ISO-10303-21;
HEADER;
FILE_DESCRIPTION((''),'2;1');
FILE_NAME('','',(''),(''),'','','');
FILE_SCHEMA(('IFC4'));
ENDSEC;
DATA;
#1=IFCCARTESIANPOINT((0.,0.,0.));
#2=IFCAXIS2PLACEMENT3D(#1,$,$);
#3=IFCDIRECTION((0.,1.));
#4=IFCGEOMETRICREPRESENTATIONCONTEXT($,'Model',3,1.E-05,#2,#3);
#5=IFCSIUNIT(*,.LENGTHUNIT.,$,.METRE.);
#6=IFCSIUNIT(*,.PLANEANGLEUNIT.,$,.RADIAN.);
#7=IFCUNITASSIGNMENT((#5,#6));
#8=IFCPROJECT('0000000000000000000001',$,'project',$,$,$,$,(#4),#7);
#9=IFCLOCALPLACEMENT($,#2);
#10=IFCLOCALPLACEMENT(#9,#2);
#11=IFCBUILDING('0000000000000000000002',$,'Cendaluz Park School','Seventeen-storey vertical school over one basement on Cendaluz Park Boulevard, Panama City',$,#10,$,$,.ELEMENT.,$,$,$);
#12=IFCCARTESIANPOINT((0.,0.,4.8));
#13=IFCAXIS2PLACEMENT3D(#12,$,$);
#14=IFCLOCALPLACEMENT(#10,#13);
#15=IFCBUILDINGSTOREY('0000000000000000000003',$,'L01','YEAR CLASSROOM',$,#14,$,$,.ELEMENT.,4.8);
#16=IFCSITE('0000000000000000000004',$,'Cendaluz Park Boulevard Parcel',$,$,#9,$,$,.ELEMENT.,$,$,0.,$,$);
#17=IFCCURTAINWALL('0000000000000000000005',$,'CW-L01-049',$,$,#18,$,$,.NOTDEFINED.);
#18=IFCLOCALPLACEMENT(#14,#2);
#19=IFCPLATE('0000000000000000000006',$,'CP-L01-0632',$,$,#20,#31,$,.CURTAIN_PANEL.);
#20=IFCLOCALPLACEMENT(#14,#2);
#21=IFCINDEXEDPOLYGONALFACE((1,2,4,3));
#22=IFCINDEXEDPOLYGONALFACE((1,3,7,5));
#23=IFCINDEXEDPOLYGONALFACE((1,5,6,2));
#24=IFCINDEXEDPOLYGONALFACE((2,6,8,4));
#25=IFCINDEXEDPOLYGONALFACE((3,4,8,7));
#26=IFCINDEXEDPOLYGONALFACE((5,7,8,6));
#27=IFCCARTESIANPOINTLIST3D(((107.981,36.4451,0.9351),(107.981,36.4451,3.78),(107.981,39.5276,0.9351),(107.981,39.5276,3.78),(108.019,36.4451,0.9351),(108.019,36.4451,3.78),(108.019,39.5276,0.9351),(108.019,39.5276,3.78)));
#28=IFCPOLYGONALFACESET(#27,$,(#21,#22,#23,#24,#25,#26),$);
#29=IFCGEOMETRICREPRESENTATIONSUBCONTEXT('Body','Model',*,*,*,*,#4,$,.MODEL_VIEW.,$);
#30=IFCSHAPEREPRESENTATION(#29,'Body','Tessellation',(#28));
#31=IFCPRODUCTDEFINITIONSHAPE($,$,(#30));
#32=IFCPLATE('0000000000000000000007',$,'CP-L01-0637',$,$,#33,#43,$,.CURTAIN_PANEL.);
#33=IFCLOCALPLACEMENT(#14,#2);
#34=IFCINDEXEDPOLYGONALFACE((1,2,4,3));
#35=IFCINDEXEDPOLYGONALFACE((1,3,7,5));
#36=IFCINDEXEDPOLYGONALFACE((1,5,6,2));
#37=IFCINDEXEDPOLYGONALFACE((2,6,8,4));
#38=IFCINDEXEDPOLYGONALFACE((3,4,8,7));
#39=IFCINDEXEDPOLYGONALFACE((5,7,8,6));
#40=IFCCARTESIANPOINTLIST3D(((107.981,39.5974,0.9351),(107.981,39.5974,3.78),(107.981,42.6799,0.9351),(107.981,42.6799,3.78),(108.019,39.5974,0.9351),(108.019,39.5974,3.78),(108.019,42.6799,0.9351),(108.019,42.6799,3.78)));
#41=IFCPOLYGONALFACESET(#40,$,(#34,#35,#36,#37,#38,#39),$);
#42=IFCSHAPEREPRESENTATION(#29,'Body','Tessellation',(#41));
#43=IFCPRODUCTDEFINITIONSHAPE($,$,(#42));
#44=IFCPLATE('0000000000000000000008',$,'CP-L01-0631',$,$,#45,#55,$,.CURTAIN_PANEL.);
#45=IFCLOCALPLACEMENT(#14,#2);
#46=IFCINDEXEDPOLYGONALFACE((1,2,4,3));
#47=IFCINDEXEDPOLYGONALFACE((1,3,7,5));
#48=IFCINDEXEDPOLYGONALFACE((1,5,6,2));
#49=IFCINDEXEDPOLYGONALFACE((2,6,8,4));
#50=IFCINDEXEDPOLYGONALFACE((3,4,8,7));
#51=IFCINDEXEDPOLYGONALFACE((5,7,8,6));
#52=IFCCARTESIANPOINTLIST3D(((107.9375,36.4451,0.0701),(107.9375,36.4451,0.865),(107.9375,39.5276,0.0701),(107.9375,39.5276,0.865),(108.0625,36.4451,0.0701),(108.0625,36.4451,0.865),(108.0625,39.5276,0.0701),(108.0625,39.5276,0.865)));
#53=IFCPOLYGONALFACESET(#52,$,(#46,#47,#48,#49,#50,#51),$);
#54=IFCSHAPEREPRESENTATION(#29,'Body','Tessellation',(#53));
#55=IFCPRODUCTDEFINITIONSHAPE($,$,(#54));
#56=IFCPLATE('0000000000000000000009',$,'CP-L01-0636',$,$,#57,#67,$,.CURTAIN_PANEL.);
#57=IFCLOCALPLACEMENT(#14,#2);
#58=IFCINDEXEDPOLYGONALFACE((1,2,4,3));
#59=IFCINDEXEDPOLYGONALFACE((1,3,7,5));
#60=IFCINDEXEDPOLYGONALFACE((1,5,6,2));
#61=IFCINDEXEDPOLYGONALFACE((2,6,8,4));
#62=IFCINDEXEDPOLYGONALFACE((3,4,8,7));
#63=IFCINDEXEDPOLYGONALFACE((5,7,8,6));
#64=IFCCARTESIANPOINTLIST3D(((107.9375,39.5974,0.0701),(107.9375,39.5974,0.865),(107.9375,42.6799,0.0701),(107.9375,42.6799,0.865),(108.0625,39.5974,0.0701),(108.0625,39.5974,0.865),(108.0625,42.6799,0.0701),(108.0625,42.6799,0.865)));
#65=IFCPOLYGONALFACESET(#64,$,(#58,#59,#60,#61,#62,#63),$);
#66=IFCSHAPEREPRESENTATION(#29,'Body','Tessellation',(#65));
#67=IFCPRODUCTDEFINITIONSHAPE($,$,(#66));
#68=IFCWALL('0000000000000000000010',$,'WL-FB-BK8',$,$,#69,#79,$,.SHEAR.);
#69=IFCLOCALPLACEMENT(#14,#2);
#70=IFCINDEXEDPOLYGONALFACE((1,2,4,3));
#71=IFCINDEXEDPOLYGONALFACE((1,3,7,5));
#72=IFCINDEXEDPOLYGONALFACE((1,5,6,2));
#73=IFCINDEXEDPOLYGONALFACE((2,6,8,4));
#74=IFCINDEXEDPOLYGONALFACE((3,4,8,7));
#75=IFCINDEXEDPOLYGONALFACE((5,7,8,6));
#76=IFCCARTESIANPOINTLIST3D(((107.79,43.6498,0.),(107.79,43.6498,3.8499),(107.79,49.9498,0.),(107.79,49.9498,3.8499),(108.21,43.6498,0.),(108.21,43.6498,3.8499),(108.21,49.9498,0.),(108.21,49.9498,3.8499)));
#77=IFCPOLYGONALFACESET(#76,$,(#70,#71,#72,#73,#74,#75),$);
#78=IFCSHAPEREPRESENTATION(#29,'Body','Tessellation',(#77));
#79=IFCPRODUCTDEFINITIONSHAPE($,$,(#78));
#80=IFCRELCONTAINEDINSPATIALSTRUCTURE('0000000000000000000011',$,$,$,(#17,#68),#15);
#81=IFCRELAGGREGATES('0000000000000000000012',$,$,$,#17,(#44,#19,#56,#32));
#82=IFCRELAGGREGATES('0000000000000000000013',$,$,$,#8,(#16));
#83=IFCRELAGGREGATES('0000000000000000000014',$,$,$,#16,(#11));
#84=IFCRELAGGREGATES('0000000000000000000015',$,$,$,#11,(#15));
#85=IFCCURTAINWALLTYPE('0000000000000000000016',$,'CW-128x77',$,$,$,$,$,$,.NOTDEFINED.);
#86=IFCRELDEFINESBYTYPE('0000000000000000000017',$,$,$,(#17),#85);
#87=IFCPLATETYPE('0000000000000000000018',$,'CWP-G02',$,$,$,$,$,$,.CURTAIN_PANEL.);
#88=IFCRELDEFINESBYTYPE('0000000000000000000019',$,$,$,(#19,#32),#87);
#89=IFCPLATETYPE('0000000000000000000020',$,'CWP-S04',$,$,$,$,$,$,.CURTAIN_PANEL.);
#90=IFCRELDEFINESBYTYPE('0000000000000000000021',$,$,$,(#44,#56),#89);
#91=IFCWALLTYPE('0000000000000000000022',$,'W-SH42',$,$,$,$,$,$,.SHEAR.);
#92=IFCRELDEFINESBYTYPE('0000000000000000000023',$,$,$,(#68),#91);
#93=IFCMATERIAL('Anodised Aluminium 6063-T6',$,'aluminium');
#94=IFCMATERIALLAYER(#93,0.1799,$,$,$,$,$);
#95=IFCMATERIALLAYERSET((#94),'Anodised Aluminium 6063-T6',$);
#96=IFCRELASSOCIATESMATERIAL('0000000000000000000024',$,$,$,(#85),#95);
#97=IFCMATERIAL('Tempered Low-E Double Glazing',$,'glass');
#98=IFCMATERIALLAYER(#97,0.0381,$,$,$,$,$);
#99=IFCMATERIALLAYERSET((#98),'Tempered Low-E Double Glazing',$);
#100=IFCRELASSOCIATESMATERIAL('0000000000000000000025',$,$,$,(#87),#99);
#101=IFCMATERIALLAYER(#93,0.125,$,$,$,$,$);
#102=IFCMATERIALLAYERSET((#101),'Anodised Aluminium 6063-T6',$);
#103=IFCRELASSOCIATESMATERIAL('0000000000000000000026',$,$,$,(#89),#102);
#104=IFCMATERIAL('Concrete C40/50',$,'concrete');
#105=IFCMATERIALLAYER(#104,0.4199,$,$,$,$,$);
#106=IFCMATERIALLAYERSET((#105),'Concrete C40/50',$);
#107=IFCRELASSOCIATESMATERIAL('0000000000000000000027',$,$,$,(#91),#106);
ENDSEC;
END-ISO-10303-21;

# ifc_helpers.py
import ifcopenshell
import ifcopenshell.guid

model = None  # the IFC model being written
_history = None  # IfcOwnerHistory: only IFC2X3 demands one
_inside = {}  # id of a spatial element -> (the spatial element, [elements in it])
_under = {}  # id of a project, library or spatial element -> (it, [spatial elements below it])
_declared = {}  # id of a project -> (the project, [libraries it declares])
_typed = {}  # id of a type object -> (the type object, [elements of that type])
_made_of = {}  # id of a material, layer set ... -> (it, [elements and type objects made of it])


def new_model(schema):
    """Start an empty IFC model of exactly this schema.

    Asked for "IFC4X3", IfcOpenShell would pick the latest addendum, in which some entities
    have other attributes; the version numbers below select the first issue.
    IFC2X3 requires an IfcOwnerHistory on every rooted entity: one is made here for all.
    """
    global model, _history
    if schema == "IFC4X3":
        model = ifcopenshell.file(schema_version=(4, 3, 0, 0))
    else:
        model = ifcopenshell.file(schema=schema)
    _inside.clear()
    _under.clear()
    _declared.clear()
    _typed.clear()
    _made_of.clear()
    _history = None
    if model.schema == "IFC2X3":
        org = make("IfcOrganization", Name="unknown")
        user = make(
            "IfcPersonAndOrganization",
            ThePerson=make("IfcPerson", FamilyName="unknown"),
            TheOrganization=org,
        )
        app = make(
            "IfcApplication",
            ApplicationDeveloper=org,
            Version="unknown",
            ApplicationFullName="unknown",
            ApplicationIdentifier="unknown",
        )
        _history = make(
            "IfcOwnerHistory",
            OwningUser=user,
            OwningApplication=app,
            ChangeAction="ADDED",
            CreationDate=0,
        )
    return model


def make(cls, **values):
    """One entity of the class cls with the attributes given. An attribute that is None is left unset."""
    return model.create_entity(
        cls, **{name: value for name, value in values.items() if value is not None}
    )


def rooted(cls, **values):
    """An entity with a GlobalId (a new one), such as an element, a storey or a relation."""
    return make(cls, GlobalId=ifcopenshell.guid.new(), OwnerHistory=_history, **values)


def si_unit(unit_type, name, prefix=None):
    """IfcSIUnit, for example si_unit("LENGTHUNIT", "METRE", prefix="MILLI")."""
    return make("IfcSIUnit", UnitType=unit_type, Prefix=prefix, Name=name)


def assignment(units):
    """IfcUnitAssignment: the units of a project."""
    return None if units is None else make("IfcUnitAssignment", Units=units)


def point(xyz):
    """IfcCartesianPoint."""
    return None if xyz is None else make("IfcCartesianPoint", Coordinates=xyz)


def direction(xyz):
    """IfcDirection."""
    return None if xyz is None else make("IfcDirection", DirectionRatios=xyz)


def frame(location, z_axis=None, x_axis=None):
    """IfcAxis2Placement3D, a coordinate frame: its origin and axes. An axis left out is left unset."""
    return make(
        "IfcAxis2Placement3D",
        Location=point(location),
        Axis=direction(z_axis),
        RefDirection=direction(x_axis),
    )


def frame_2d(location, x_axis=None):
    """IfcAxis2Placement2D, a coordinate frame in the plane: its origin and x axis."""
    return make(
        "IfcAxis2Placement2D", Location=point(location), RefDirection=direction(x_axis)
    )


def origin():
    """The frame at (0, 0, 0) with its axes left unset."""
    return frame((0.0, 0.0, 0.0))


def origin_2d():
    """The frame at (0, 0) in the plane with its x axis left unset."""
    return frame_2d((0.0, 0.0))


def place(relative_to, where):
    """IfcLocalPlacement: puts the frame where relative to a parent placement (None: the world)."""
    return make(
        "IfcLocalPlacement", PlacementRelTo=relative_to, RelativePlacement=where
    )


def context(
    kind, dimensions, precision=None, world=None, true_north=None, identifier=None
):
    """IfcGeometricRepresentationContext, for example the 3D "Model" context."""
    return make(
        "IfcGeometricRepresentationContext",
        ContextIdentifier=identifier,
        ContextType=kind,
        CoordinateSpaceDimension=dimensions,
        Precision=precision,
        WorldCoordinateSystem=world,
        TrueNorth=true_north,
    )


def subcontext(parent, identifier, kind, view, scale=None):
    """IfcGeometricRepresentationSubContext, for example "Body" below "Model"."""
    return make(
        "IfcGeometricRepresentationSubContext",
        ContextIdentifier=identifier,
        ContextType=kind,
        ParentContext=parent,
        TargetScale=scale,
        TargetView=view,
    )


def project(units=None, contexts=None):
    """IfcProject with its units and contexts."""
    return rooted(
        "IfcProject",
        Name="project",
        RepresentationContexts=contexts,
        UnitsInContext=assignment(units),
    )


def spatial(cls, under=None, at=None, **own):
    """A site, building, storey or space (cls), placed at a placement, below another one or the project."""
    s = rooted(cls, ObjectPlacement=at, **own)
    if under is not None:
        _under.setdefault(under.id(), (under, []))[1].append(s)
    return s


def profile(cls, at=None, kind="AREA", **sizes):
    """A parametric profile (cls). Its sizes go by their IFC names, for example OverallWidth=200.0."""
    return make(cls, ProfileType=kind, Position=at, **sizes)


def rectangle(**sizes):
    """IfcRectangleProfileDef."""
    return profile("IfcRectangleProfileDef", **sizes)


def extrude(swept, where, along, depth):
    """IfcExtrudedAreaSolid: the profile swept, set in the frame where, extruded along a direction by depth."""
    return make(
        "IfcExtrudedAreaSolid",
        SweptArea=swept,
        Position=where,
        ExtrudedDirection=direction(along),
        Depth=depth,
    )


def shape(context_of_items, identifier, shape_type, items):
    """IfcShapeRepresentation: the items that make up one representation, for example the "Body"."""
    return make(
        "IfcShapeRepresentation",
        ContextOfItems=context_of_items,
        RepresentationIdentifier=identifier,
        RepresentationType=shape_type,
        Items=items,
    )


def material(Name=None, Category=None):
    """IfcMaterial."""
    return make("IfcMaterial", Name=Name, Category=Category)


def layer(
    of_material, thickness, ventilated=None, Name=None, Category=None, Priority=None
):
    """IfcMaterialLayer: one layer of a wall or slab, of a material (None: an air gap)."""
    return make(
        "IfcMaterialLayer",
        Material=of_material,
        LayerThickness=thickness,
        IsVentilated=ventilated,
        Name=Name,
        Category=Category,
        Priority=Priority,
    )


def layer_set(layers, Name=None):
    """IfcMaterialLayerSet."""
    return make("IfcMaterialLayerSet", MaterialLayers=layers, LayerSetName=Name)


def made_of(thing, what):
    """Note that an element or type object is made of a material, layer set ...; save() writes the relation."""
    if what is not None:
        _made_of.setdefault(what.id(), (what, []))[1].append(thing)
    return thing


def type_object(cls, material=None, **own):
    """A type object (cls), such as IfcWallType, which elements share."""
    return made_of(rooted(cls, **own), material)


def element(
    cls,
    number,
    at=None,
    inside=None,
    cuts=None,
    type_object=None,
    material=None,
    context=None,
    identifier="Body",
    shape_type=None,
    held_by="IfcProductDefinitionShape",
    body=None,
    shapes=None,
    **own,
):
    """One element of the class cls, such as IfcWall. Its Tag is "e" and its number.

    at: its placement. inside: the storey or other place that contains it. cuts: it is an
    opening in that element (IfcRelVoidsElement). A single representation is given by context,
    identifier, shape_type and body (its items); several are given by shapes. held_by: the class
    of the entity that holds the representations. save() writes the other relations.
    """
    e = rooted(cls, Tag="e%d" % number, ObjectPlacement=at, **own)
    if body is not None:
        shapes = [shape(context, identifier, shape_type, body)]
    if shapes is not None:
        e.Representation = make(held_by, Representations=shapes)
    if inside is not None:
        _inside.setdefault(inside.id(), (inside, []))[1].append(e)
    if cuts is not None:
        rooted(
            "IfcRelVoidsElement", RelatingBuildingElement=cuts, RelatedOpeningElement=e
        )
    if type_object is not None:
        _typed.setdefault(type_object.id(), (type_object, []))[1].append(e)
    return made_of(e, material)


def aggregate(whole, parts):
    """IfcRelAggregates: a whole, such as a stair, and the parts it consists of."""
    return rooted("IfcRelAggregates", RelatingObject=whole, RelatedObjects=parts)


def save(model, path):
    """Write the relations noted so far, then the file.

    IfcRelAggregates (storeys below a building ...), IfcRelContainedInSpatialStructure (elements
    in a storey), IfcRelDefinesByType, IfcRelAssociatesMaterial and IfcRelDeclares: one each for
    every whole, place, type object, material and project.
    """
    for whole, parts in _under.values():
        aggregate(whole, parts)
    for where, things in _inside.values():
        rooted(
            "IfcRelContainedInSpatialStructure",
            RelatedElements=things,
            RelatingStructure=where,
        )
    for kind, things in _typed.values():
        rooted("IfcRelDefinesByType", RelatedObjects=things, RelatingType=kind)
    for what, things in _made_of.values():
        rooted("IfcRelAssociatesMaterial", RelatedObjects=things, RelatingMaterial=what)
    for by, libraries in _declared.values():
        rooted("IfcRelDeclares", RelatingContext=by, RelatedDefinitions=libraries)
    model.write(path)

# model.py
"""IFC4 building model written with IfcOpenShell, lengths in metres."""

from ifc_helpers import new_model, si_unit, direction, frame, frame_2d, origin, origin_2d, place, context, subcontext, project, spatial, rectangle, extrude, material, layer, layer_set, type_object, element, aggregate, save


model = new_model("IFC4")

# Units and contexts
model_context = context("Model", 3, precision=1e-05, world=origin(), true_north=direction((0.0, 1.0)))
body_context = subcontext(model_context, "Body", "Model", "MODEL_VIEW")
ifc_project = project(units=[si_unit("LENGTHUNIT", "METRE"), si_unit("PLANEANGLEUNIT", "RADIAN")], contexts=[model_context])

# Site, building, storey
site_placement = place(None, origin())
site = spatial("IfcSite", under=ifc_project, at=site_placement, Name="Cendaluz Park Boulevard Parcel", CompositionType="ELEMENT", RefElevation=0.0)
building_placement = place(site_placement, origin())
building = spatial("IfcBuilding", under=site, at=building_placement, Name="Cendaluz Park School", Description="Seventeen-storey vertical school over one basement on Cendaluz Park Boulevard, Panama City", CompositionType="ELEMENT")
storey_placement = place(building_placement, frame((0.0, 0.0, 4.8)))
storey = spatial("IfcBuildingStorey", under=building, at=storey_placement, Name="L01", Description="YEAR CLASSROOM", CompositionType="ELEMENT", Elevation=4.8)

# Shared definitions
ifc_material_1 = material(Name="Concrete C40/50", Category="concrete")

# Curtain wall
ifc_material_2 = material(Name="Anodised Aluminium 6063-T6", Category="aluminium")
ifc_layer_1 = layer(ifc_material_2, 0.1799)
ifc_layer_set_1 = layer_set([ifc_layer_1], Name="Anodised Aluminium 6063-T6")
curtain_wall_type = type_object("IfcCurtainWallType", Name="CW-128x77", PredefinedType="NOTDEFINED", material=ifc_layer_set_1)
curtain_wall_1_placement = place(storey_placement, origin())
curtain_wall_1 = element("IfcCurtainWall", 1, at=curtain_wall_1_placement, inside=storey, type_object=curtain_wall_type, Name="CW-L01-049", PredefinedType="NOTDEFINED")

# Plates
ifc_material_3 = material(Name="Tempered Low-E Double Glazing", Category="glass")
ifc_layer_2 = layer(ifc_material_3, 0.0381)
ifc_layer_set_2 = layer_set([ifc_layer_2], Name="Tempered Low-E Double Glazing")
plate_type_1 = type_object("IfcPlateType", Name="CWP-G02", PredefinedType="CURTAIN_PANEL", material=ifc_layer_set_2)
plate_1_placement = place(storey_placement, frame((108.0, 37.9863, 0.9351), z_axis=(0.0, 0.0, 1.0), x_axis=(0.0, 1.0, 0.0)))
plate_1 = element("IfcPlate", 2, at=plate_1_placement, type_object=plate_type_1, Name="CP-L01-0632", PredefinedType="CURTAIN_PANEL", context=body_context, shape_type="SweptSolid", body=[
    extrude(rectangle(XDim=3.0825, YDim=0.0381, at=origin_2d()), origin(), (0.0, 0.0, 1.0), 2.845),
])
plate_2_placement = place(storey_placement, frame((108.0, 41.1387, 0.9351), z_axis=(0.0, 0.0, 1.0), x_axis=(0.0, 1.0, 0.0)))
plate_2 = element("IfcPlate", 3, at=plate_2_placement, type_object=plate_type_1, Name="CP-L01-0637", PredefinedType="CURTAIN_PANEL", context=body_context, shape_type="SweptSolid", body=[
    extrude(rectangle(XDim=3.0825, YDim=0.0381, at=origin_2d()), origin(), (0.0, 0.0, 1.0), 2.845),
])
ifc_layer_3 = layer(ifc_material_2, 0.125)
ifc_layer_set_3 = layer_set([ifc_layer_3], Name="Anodised Aluminium 6063-T6")
plate_type_2 = type_object("IfcPlateType", Name="CWP-S04", PredefinedType="CURTAIN_PANEL", material=ifc_layer_set_3)
plate_3_placement = place(storey_placement, frame((108.0, 37.9863, 0.0701), z_axis=(0.0, 0.0, 1.0), x_axis=(0.0, 1.0, 0.0)))
plate_3 = element("IfcPlate", 4, at=plate_3_placement, type_object=plate_type_2, Name="CP-L01-0631", PredefinedType="CURTAIN_PANEL", context=body_context, shape_type="SweptSolid", body=[
    extrude(rectangle(XDim=3.0825, YDim=0.125, at=origin_2d()), origin(), (0.0, 0.0, 1.0), 0.7949),
])
plate_4_placement = place(storey_placement, frame((108.0, 41.1387, 0.0701), z_axis=(0.0, 0.0, 1.0), x_axis=(0.0, 1.0, 0.0)))
plate_4 = element("IfcPlate", 5, at=plate_4_placement, type_object=plate_type_2, Name="CP-L01-0636", PredefinedType="CURTAIN_PANEL", context=body_context, shape_type="SweptSolid", body=[
    extrude(rectangle(XDim=3.0825, YDim=0.125, at=origin_2d()), origin(), (0.0, 0.0, 1.0), 0.7949),
])
aggregate(curtain_wall_1, [plate_3, plate_1, plate_4, plate_2])

# Wall
ifc_layer_4 = layer(ifc_material_1, 0.4199)
ifc_layer_set_4 = layer_set([ifc_layer_4], Name="Concrete C40/50")
wall_type = type_object("IfcWallType", Name="W-SH42", PredefinedType="SHEAR", material=ifc_layer_set_4)
wall_placement = place(storey_placement, frame((108.0, 43.6499, 0.0), z_axis=(0.0, 0.0, 1.0), x_axis=(0.0, 1.0, 0.0)))
element("IfcWall", 6, at=wall_placement, inside=storey, type_object=wall_type, Name="WL-FB-BK8", PredefinedType="SHEAR", context=body_context, shape_type="SweptSolid", body=[
    extrude(rectangle(XDim=6.3, YDim=0.4199, at=frame_2d((3.1499, 0.0))), origin(), (0.0, 0.0, 1.0), 3.8499),
])

save(model, "model.ifc")
